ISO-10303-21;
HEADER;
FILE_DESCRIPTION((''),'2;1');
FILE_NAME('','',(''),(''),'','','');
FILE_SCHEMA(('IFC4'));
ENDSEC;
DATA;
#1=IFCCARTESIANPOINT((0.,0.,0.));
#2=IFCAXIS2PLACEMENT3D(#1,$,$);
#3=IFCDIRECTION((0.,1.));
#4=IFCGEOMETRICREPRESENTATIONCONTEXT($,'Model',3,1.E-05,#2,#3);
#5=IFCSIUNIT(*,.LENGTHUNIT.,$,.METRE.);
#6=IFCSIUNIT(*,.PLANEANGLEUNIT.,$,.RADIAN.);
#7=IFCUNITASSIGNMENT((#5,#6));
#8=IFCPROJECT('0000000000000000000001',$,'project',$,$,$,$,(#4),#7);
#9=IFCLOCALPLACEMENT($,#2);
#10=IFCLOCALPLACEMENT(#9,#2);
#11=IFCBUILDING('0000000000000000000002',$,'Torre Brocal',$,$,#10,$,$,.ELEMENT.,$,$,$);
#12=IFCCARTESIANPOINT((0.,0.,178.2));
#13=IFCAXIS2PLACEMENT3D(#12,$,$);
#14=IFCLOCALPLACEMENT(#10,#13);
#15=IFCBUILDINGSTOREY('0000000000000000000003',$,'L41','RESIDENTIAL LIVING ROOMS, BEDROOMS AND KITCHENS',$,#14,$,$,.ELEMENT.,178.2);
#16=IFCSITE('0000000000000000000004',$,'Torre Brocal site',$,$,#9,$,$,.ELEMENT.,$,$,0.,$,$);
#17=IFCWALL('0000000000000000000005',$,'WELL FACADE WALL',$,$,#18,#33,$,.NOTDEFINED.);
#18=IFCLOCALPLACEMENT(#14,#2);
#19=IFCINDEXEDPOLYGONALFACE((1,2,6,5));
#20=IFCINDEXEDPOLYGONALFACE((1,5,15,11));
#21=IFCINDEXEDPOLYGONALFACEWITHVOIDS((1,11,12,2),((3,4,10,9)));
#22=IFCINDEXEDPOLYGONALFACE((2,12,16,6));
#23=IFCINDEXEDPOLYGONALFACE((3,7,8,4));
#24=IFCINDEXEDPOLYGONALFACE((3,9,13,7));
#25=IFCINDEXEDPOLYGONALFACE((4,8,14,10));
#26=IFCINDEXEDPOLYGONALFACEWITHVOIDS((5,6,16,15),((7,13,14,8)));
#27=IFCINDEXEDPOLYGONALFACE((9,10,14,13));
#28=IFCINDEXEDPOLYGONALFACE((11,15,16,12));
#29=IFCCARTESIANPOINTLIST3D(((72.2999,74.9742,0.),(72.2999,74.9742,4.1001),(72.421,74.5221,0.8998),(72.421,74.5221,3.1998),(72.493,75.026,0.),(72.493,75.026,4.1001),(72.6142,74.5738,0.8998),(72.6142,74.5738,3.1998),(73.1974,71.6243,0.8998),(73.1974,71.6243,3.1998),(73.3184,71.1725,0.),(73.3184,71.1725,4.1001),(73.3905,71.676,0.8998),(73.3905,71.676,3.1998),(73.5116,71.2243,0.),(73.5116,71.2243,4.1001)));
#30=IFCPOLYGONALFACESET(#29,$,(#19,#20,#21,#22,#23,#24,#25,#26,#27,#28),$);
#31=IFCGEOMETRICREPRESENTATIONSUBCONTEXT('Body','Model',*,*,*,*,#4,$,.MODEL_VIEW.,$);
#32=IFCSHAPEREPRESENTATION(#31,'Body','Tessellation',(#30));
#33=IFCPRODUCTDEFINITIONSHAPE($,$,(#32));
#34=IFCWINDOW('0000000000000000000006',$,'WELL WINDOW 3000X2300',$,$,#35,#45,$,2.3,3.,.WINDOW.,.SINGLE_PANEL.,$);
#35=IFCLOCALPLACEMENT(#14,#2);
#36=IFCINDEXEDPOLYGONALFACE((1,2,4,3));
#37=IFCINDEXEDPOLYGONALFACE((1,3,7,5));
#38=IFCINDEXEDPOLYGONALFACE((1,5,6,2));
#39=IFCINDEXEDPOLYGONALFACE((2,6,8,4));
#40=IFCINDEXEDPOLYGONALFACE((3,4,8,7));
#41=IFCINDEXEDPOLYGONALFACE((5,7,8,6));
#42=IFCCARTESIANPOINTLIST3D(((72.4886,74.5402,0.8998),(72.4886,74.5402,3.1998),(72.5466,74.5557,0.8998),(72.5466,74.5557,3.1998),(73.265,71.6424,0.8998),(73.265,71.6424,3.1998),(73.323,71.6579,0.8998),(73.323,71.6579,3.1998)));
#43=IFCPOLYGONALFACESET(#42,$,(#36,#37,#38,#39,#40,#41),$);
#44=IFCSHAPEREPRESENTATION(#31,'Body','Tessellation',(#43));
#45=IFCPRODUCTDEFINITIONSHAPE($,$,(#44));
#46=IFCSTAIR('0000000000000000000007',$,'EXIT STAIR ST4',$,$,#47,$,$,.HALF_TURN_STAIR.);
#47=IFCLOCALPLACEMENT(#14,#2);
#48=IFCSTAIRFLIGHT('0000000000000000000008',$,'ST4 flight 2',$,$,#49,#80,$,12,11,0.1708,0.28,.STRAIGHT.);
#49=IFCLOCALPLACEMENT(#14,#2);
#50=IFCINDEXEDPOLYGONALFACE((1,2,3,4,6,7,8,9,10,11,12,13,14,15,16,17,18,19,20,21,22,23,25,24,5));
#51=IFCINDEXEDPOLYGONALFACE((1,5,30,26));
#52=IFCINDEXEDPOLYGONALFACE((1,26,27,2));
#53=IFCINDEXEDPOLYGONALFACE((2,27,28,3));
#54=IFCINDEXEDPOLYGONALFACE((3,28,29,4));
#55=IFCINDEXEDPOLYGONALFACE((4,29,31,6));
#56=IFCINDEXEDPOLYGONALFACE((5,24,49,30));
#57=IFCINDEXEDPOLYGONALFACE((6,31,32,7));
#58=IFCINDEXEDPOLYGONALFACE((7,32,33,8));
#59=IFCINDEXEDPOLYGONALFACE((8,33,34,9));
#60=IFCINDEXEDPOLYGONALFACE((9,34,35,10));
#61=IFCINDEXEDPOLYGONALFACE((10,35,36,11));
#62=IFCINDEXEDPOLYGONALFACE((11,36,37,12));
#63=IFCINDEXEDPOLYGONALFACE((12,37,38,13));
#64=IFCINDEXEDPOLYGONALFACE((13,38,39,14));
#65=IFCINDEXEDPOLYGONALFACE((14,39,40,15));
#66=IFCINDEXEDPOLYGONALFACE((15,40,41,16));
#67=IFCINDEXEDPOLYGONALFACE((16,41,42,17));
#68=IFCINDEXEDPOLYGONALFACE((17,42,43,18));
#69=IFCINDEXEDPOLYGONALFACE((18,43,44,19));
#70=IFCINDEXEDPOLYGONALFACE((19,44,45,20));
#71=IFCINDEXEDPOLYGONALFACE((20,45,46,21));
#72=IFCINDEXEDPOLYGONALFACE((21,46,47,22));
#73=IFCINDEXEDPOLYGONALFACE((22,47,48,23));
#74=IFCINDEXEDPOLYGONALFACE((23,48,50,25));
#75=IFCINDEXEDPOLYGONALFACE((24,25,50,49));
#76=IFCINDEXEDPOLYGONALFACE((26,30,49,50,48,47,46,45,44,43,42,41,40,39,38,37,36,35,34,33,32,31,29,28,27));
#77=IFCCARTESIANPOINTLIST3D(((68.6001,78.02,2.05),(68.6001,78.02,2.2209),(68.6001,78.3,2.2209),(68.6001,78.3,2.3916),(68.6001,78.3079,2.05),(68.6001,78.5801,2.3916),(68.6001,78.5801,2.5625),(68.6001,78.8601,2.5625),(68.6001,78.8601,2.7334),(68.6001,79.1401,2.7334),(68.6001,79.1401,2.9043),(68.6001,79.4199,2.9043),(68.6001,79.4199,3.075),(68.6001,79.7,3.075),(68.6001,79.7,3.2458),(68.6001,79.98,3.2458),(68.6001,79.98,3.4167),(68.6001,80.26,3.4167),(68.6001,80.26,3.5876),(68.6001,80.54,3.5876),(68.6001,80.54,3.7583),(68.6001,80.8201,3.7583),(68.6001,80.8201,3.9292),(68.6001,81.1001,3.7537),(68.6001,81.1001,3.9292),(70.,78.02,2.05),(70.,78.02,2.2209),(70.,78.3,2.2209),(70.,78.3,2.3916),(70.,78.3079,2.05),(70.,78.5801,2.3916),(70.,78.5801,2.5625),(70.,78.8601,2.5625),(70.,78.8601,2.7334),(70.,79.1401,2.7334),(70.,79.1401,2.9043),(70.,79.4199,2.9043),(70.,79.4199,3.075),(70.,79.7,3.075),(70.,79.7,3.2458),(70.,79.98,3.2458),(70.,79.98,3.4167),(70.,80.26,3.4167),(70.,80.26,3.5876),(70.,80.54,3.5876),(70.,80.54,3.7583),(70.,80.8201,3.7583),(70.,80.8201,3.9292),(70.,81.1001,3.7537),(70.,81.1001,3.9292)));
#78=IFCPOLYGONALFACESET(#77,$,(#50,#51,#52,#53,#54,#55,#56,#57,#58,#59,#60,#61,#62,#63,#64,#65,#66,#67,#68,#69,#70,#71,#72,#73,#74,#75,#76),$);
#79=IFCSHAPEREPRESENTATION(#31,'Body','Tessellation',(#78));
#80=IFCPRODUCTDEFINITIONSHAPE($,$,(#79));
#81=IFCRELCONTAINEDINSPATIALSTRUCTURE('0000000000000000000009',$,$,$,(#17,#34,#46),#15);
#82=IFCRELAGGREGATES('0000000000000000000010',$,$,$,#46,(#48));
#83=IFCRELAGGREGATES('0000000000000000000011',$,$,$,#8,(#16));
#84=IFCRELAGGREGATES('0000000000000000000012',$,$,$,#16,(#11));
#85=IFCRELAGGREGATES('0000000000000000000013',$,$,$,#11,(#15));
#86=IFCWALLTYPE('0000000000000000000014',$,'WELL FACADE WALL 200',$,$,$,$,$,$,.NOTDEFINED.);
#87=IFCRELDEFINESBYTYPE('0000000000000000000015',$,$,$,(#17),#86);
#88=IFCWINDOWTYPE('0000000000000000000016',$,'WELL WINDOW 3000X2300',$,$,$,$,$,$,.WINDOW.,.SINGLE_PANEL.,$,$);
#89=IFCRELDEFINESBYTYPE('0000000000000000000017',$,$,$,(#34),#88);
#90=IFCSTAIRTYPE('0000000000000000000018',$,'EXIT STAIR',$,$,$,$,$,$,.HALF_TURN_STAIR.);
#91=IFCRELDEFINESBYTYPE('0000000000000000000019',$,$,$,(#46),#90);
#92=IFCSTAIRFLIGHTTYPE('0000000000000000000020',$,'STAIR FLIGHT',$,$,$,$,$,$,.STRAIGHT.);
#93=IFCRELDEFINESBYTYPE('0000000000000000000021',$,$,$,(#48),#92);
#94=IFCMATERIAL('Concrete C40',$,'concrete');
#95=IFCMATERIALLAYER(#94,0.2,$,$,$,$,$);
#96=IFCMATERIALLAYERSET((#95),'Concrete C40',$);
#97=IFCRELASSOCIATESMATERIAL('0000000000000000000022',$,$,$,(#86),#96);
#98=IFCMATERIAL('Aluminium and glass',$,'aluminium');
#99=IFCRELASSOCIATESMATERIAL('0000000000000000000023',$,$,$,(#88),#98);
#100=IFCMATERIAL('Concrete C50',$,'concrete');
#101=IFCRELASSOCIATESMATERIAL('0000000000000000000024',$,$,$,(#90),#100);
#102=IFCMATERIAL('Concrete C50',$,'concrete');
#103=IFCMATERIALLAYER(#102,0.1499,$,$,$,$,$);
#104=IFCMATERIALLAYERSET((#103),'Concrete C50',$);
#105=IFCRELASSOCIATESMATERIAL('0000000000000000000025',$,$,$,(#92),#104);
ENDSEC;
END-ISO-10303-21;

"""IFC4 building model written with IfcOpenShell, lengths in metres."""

from ifc_helpers import new_model, si_unit, direction, frame, frame_2d, origin, place, context, subcontext, project, spatial, polyline, rectangle, outline, extrude, material, layer, layer_set, type_object, element, fill, aggregate, save


model = new_model("IFC4")

# Units and contexts
model_context = context("Model", 3, precision=1e-05, world=origin(), true_north=direction((0.0, 1.0)))
body_context = subcontext(model_context, "Body", "Model", "MODEL_VIEW")
ifc_project = project(units=[si_unit("LENGTHUNIT", "METRE"), si_unit("PLANEANGLEUNIT", "RADIAN")], contexts=[model_context])

# Site, building, storey
site_placement = place(None, origin())
site = spatial("IfcSite", under=ifc_project, at=site_placement, Name="Torre Brocal site", CompositionType="ELEMENT", RefElevation=0.0)
building_placement = place(site_placement, origin())
building = spatial("IfcBuilding", under=site, at=building_placement, Name="Torre Brocal", CompositionType="ELEMENT")
storey_placement = place(building_placement, frame((0.0, 0.0, 178.2)))
storey = spatial("IfcBuildingStorey", under=building, at=storey_placement, Name="L41", Description="RESIDENTIAL LIVING ROOMS, BEDROOMS AND KITCHENS", CompositionType="ELEMENT", Elevation=178.2)

# Wall, opening, window
ifc_material_1 = material(Name="Concrete C40", Category="concrete")
ifc_layer_1 = layer(ifc_material_1, 0.2)
ifc_layer_set_1 = layer_set([ifc_layer_1], Name="Concrete C40")
wall_type_1 = type_object("IfcWallType", Name="WELL FACADE WALL 200", PredefinedType="NOTDEFINED", material=ifc_layer_set_1)
ifc_material_2 = material(Name="Aluminium and glass", Category="aluminium")
window_type = type_object("IfcWindowType", Name="WELL WINDOW 3000X2300", PartitioningType="SINGLE_PANEL", PredefinedType="WINDOW", material=ifc_material_2)
wall_1_placement = place(storey_placement, frame((72.3965, 75.0, 0.0), z_axis=(0.0, 0.0, 1.0), x_axis=(0.25879, -0.965934, 0.0)))
wall_1 = element("IfcWall", 1, at=wall_1_placement, inside=storey, type_object=wall_type_1, Name="WELL FACADE WALL", PredefinedType="NOTDEFINED", context=body_context, shape_type="SweptSolid", body=[
    extrude(rectangle(XDim=3.9358, YDim=0.2, at=frame_2d((1.9678, 0.0))), origin(), (0.0, 0.0, 1.0), 4.1001),
])
opening_1_placement = place(wall_1_placement, frame((0.468, 0.0, 0.8999)))
opening_1 = element("IfcOpeningElement", 2, at=opening_1_placement, cuts=wall_1, PredefinedType="OPENING", context=body_context, shape_type="SweptSolid", body=[
    extrude(rectangle(XDim=3.0, YDim=2.3, at=frame_2d((1.5, 1.1499))), frame((0.0, 0.1099, 0.0), z_axis=(0.0, -1.0, 0.0), x_axis=(1.0, 0.0, 0.0)), (0.0, 0.0, 1.0), 0.22),
])
window_1_placement = place(opening_1_placement, origin())
window_1 = element("IfcWindow", 3, at=window_1_placement, inside=storey, type_object=window_type, Name="WELL WINDOW 3000X2300", OverallHeight=2.3, OverallWidth=3.0, PartitioningType="SINGLE_PANEL", PredefinedType="WINDOW", context=body_context, shape_type="SweptSolid", body=[
    extrude(rectangle(XDim=3.0, YDim=2.3, at=frame_2d((1.5, 1.1499))), frame((0.0, 0.03, 0.0), z_axis=(0.0, -1.0, 0.0), x_axis=(1.0, 0.0, 0.0)), (0.0, 0.0, 1.0), 0.0601),
])
fill(opening_1, window_1)

# Stair, stair flight
ifc_material_3 = material(Name="Concrete C50", Category="concrete")
stair_type = type_object("IfcStairType", Name="EXIT STAIR", PredefinedType="HALF_TURN_STAIR", material=ifc_material_3)
stair_placement = place(storey_placement, origin())
stair = element("IfcStair", 4, at=stair_placement, inside=storey, type_object=stair_type, Name="EXIT STAIR ST4", PredefinedType="HALF_TURN_STAIR")
ifc_material_4 = material(Name="Concrete C50", Category="concrete")
ifc_layer_2 = layer(ifc_material_4, 0.1499)
ifc_layer_set_2 = layer_set([ifc_layer_2], Name="Concrete C50")
stair_flight_type = type_object("IfcStairFlightType", Name="STAIR FLIGHT", PredefinedType="STRAIGHT", material=ifc_layer_set_2)
stair_flight_placement = place(storey_placement, frame((69.3, 78.02, 2.05), z_axis=(0.0, 0.0, 1.0), x_axis=(0.0, 1.0, 0.0)))
stair_flight = element("IfcStairFlight", 5, at=stair_flight_placement, type_object=stair_flight_type, Name="ST4 flight 2", NumberOfRisers=12, NumberOfTreads=11, PredefinedType="STRAIGHT", RiserHeight=0.1708, TreadLength=0.28, context=body_context, shape_type="SweptSolid", body=[
    extrude(outline(polyline([(0.0, 0.0), (0.0, 0.1709), (0.28, 0.1709), (0.28, 0.3416), (0.5601, 0.3416), (0.5601, 0.5125), (0.8401, 0.5125), (0.8401, 0.6833), (1.1201, 0.6833), (1.1201, 0.8542), (1.3999, 0.8542), (1.3999, 1.0249), (1.6799, 1.0249), (1.6799, 1.1958), (1.96, 1.1958), (1.96, 1.3667), (2.24, 1.3667), (2.24, 1.5376), (2.52, 1.5376), (2.52, 1.7083), (2.8, 1.7083), (2.8, 1.8792), (3.0801, 1.8792), (3.0801, 2.05), (3.0801, 1.7036), (0.2878, 0.0), (0.0, 0.0)])), frame((0.0, 0.7, 0.0), z_axis=(0.0, -1.0, 0.0), x_axis=(1.0, 0.0, 0.0)), (0.0, 0.0, 1.0), 1.3999),
])
aggregate(stair, [stair_flight])

save(model, "model.ifc")
